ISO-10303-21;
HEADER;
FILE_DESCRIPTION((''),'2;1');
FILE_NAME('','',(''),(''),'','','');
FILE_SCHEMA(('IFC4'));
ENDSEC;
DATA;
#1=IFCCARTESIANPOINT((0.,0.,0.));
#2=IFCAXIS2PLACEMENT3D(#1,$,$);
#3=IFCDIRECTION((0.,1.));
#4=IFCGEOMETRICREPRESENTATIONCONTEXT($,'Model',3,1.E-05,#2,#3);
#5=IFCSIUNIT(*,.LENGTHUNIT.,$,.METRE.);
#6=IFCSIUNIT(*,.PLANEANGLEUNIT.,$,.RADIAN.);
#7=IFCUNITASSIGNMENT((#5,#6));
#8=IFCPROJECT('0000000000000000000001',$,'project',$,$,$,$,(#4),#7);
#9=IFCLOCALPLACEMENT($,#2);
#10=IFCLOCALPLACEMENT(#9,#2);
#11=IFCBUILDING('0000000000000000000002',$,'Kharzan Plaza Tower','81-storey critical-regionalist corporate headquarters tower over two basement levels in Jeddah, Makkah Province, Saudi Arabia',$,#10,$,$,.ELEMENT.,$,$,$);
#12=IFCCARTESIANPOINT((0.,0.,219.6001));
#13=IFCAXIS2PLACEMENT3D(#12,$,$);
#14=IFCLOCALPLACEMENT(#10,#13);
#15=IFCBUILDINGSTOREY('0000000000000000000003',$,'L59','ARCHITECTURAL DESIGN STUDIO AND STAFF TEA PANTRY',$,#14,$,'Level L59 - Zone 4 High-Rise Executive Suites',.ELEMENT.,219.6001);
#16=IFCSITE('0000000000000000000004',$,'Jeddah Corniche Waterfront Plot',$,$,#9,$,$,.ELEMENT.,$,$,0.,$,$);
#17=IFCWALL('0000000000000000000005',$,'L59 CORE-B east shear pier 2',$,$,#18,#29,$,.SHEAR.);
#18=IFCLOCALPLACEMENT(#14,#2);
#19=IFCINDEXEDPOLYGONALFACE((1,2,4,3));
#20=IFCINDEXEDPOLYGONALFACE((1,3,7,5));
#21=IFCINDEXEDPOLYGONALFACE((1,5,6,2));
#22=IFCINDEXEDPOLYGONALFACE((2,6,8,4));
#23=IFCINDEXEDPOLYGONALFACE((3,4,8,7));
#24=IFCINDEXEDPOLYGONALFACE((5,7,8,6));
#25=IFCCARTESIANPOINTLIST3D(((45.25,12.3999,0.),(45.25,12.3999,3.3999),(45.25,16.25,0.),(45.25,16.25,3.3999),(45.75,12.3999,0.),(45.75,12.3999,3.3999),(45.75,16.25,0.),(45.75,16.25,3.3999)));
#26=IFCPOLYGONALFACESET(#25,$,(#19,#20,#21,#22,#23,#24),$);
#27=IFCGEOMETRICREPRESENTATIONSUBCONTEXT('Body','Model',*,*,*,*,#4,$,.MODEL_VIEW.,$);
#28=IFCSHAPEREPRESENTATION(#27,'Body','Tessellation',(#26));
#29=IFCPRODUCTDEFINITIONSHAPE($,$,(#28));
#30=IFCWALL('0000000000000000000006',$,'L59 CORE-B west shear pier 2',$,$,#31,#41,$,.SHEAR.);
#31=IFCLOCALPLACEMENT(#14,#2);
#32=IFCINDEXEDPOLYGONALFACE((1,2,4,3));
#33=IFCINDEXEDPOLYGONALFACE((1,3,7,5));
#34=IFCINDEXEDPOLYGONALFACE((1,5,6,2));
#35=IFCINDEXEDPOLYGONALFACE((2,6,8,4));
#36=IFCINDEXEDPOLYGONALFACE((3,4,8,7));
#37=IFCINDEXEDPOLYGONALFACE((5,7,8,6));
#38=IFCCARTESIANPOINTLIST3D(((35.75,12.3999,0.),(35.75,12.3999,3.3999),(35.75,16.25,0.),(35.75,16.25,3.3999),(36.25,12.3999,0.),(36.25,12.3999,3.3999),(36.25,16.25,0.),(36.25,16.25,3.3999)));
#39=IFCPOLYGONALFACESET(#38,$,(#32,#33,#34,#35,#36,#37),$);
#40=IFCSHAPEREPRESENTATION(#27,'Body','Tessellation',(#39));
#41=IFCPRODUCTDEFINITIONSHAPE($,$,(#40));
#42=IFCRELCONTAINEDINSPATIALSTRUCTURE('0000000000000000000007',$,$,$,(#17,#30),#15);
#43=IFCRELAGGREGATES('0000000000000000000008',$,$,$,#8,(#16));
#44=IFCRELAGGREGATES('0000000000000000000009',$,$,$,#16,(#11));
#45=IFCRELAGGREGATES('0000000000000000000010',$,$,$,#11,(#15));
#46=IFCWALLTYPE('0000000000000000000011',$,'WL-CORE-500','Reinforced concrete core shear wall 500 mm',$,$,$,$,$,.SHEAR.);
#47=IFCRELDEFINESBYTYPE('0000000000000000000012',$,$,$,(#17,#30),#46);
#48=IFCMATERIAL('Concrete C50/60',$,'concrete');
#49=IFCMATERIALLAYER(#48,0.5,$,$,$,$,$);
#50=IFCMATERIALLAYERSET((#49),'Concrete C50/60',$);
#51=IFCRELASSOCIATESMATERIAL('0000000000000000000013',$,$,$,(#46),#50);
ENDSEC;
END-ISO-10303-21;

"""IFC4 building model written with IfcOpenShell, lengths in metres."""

from ifc_helpers import new_model, si_unit, direction, frame, frame_2d, origin, place, context, subcontext, project, spatial, rectangle, extrude, source, transform, mapped, material, layer, layer_set, type_object, element, save


model = new_model("IFC4")

# Units and contexts
model_context = context("Model", 3, precision=1e-05, world=origin(), true_north=direction((0.0, 1.0)))
body_context = subcontext(model_context, "Body", "Model", "MODEL_VIEW")
ifc_project = project(units=[si_unit("LENGTHUNIT", "METRE"), si_unit("PLANEANGLEUNIT", "RADIAN")], contexts=[model_context])

# Site, building, storey
site_placement = place(None, origin())
site = spatial("IfcSite", under=ifc_project, at=site_placement, Name="Jeddah Corniche Waterfront Plot", CompositionType="ELEMENT", RefElevation=0.0)
building_placement = place(site_placement, origin())
building = spatial("IfcBuilding", under=site, at=building_placement, Name="Kharzan Plaza Tower", Description="81-storey critical-regionalist corporate headquarters tower over two basement levels in Jeddah, Makkah Province, Saudi Arabia", CompositionType="ELEMENT")
storey_placement = place(building_placement, frame((0.0, 0.0, 219.6001)))
storey = spatial("IfcBuildingStorey", under=building, at=storey_placement, Name="L59", Description="ARCHITECTURAL DESIGN STUDIO AND STAFF TEA PANTRY", LongName="Level L59 - Zone 4 High-Rise Executive Suites", CompositionType="ELEMENT", Elevation=219.6001)

# Shared definitions
ifc_material_1 = material(Name="Concrete C50/60", Category="concrete")

# Walls
ifc_layer_1 = layer(ifc_material_1, 0.5)
ifc_layer_set_1 = layer_set([ifc_layer_1], Name="Concrete C50/60")
wall_type_1 = type_object("IfcWallType", Name="WL-CORE-500", Description="Reinforced concrete core shear wall 500 mm", PredefinedType="SHEAR", material=ifc_layer_set_1)
shared_shape_1 = source(origin(), body_context, "Body", "SweptSolid", [
    extrude(rectangle(XDim=3.8501, YDim=0.5, at=frame_2d((1.925, 0.0))), origin(), (0.0, 0.0, 1.0), 3.3999),
])
for number, where, z_axis, x_axis, name in (
    (1, (45.5, 12.3999, 0.0), (0.0, 0.0, 1.0), (0.0, 1.0, 0.0), "L59 CORE-B east shear pier 2"),
    (2, (36.0, 12.3999, 0.0), (0.0, 0.0, 1.0), (0.0, 1.0, 0.0), "L59 CORE-B west shear pier 2"),
):
    element("IfcWall", number, at=place(storey_placement, frame(where, z_axis=z_axis, x_axis=x_axis)), inside=storey, type_object=wall_type_1, Name=name, PredefinedType="SHEAR", context=body_context, shape_type="MappedRepresentation", body=[
        mapped(shared_shape_1, transform((0.0, 0.0, 0.0), x_axis=(1.0, 0.0, 0.0), y_axis=(0.0, 1.0, 0.0), z_axis=(0.0, 0.0, 1.0))),
    ])

save(model, "model.ifc")
